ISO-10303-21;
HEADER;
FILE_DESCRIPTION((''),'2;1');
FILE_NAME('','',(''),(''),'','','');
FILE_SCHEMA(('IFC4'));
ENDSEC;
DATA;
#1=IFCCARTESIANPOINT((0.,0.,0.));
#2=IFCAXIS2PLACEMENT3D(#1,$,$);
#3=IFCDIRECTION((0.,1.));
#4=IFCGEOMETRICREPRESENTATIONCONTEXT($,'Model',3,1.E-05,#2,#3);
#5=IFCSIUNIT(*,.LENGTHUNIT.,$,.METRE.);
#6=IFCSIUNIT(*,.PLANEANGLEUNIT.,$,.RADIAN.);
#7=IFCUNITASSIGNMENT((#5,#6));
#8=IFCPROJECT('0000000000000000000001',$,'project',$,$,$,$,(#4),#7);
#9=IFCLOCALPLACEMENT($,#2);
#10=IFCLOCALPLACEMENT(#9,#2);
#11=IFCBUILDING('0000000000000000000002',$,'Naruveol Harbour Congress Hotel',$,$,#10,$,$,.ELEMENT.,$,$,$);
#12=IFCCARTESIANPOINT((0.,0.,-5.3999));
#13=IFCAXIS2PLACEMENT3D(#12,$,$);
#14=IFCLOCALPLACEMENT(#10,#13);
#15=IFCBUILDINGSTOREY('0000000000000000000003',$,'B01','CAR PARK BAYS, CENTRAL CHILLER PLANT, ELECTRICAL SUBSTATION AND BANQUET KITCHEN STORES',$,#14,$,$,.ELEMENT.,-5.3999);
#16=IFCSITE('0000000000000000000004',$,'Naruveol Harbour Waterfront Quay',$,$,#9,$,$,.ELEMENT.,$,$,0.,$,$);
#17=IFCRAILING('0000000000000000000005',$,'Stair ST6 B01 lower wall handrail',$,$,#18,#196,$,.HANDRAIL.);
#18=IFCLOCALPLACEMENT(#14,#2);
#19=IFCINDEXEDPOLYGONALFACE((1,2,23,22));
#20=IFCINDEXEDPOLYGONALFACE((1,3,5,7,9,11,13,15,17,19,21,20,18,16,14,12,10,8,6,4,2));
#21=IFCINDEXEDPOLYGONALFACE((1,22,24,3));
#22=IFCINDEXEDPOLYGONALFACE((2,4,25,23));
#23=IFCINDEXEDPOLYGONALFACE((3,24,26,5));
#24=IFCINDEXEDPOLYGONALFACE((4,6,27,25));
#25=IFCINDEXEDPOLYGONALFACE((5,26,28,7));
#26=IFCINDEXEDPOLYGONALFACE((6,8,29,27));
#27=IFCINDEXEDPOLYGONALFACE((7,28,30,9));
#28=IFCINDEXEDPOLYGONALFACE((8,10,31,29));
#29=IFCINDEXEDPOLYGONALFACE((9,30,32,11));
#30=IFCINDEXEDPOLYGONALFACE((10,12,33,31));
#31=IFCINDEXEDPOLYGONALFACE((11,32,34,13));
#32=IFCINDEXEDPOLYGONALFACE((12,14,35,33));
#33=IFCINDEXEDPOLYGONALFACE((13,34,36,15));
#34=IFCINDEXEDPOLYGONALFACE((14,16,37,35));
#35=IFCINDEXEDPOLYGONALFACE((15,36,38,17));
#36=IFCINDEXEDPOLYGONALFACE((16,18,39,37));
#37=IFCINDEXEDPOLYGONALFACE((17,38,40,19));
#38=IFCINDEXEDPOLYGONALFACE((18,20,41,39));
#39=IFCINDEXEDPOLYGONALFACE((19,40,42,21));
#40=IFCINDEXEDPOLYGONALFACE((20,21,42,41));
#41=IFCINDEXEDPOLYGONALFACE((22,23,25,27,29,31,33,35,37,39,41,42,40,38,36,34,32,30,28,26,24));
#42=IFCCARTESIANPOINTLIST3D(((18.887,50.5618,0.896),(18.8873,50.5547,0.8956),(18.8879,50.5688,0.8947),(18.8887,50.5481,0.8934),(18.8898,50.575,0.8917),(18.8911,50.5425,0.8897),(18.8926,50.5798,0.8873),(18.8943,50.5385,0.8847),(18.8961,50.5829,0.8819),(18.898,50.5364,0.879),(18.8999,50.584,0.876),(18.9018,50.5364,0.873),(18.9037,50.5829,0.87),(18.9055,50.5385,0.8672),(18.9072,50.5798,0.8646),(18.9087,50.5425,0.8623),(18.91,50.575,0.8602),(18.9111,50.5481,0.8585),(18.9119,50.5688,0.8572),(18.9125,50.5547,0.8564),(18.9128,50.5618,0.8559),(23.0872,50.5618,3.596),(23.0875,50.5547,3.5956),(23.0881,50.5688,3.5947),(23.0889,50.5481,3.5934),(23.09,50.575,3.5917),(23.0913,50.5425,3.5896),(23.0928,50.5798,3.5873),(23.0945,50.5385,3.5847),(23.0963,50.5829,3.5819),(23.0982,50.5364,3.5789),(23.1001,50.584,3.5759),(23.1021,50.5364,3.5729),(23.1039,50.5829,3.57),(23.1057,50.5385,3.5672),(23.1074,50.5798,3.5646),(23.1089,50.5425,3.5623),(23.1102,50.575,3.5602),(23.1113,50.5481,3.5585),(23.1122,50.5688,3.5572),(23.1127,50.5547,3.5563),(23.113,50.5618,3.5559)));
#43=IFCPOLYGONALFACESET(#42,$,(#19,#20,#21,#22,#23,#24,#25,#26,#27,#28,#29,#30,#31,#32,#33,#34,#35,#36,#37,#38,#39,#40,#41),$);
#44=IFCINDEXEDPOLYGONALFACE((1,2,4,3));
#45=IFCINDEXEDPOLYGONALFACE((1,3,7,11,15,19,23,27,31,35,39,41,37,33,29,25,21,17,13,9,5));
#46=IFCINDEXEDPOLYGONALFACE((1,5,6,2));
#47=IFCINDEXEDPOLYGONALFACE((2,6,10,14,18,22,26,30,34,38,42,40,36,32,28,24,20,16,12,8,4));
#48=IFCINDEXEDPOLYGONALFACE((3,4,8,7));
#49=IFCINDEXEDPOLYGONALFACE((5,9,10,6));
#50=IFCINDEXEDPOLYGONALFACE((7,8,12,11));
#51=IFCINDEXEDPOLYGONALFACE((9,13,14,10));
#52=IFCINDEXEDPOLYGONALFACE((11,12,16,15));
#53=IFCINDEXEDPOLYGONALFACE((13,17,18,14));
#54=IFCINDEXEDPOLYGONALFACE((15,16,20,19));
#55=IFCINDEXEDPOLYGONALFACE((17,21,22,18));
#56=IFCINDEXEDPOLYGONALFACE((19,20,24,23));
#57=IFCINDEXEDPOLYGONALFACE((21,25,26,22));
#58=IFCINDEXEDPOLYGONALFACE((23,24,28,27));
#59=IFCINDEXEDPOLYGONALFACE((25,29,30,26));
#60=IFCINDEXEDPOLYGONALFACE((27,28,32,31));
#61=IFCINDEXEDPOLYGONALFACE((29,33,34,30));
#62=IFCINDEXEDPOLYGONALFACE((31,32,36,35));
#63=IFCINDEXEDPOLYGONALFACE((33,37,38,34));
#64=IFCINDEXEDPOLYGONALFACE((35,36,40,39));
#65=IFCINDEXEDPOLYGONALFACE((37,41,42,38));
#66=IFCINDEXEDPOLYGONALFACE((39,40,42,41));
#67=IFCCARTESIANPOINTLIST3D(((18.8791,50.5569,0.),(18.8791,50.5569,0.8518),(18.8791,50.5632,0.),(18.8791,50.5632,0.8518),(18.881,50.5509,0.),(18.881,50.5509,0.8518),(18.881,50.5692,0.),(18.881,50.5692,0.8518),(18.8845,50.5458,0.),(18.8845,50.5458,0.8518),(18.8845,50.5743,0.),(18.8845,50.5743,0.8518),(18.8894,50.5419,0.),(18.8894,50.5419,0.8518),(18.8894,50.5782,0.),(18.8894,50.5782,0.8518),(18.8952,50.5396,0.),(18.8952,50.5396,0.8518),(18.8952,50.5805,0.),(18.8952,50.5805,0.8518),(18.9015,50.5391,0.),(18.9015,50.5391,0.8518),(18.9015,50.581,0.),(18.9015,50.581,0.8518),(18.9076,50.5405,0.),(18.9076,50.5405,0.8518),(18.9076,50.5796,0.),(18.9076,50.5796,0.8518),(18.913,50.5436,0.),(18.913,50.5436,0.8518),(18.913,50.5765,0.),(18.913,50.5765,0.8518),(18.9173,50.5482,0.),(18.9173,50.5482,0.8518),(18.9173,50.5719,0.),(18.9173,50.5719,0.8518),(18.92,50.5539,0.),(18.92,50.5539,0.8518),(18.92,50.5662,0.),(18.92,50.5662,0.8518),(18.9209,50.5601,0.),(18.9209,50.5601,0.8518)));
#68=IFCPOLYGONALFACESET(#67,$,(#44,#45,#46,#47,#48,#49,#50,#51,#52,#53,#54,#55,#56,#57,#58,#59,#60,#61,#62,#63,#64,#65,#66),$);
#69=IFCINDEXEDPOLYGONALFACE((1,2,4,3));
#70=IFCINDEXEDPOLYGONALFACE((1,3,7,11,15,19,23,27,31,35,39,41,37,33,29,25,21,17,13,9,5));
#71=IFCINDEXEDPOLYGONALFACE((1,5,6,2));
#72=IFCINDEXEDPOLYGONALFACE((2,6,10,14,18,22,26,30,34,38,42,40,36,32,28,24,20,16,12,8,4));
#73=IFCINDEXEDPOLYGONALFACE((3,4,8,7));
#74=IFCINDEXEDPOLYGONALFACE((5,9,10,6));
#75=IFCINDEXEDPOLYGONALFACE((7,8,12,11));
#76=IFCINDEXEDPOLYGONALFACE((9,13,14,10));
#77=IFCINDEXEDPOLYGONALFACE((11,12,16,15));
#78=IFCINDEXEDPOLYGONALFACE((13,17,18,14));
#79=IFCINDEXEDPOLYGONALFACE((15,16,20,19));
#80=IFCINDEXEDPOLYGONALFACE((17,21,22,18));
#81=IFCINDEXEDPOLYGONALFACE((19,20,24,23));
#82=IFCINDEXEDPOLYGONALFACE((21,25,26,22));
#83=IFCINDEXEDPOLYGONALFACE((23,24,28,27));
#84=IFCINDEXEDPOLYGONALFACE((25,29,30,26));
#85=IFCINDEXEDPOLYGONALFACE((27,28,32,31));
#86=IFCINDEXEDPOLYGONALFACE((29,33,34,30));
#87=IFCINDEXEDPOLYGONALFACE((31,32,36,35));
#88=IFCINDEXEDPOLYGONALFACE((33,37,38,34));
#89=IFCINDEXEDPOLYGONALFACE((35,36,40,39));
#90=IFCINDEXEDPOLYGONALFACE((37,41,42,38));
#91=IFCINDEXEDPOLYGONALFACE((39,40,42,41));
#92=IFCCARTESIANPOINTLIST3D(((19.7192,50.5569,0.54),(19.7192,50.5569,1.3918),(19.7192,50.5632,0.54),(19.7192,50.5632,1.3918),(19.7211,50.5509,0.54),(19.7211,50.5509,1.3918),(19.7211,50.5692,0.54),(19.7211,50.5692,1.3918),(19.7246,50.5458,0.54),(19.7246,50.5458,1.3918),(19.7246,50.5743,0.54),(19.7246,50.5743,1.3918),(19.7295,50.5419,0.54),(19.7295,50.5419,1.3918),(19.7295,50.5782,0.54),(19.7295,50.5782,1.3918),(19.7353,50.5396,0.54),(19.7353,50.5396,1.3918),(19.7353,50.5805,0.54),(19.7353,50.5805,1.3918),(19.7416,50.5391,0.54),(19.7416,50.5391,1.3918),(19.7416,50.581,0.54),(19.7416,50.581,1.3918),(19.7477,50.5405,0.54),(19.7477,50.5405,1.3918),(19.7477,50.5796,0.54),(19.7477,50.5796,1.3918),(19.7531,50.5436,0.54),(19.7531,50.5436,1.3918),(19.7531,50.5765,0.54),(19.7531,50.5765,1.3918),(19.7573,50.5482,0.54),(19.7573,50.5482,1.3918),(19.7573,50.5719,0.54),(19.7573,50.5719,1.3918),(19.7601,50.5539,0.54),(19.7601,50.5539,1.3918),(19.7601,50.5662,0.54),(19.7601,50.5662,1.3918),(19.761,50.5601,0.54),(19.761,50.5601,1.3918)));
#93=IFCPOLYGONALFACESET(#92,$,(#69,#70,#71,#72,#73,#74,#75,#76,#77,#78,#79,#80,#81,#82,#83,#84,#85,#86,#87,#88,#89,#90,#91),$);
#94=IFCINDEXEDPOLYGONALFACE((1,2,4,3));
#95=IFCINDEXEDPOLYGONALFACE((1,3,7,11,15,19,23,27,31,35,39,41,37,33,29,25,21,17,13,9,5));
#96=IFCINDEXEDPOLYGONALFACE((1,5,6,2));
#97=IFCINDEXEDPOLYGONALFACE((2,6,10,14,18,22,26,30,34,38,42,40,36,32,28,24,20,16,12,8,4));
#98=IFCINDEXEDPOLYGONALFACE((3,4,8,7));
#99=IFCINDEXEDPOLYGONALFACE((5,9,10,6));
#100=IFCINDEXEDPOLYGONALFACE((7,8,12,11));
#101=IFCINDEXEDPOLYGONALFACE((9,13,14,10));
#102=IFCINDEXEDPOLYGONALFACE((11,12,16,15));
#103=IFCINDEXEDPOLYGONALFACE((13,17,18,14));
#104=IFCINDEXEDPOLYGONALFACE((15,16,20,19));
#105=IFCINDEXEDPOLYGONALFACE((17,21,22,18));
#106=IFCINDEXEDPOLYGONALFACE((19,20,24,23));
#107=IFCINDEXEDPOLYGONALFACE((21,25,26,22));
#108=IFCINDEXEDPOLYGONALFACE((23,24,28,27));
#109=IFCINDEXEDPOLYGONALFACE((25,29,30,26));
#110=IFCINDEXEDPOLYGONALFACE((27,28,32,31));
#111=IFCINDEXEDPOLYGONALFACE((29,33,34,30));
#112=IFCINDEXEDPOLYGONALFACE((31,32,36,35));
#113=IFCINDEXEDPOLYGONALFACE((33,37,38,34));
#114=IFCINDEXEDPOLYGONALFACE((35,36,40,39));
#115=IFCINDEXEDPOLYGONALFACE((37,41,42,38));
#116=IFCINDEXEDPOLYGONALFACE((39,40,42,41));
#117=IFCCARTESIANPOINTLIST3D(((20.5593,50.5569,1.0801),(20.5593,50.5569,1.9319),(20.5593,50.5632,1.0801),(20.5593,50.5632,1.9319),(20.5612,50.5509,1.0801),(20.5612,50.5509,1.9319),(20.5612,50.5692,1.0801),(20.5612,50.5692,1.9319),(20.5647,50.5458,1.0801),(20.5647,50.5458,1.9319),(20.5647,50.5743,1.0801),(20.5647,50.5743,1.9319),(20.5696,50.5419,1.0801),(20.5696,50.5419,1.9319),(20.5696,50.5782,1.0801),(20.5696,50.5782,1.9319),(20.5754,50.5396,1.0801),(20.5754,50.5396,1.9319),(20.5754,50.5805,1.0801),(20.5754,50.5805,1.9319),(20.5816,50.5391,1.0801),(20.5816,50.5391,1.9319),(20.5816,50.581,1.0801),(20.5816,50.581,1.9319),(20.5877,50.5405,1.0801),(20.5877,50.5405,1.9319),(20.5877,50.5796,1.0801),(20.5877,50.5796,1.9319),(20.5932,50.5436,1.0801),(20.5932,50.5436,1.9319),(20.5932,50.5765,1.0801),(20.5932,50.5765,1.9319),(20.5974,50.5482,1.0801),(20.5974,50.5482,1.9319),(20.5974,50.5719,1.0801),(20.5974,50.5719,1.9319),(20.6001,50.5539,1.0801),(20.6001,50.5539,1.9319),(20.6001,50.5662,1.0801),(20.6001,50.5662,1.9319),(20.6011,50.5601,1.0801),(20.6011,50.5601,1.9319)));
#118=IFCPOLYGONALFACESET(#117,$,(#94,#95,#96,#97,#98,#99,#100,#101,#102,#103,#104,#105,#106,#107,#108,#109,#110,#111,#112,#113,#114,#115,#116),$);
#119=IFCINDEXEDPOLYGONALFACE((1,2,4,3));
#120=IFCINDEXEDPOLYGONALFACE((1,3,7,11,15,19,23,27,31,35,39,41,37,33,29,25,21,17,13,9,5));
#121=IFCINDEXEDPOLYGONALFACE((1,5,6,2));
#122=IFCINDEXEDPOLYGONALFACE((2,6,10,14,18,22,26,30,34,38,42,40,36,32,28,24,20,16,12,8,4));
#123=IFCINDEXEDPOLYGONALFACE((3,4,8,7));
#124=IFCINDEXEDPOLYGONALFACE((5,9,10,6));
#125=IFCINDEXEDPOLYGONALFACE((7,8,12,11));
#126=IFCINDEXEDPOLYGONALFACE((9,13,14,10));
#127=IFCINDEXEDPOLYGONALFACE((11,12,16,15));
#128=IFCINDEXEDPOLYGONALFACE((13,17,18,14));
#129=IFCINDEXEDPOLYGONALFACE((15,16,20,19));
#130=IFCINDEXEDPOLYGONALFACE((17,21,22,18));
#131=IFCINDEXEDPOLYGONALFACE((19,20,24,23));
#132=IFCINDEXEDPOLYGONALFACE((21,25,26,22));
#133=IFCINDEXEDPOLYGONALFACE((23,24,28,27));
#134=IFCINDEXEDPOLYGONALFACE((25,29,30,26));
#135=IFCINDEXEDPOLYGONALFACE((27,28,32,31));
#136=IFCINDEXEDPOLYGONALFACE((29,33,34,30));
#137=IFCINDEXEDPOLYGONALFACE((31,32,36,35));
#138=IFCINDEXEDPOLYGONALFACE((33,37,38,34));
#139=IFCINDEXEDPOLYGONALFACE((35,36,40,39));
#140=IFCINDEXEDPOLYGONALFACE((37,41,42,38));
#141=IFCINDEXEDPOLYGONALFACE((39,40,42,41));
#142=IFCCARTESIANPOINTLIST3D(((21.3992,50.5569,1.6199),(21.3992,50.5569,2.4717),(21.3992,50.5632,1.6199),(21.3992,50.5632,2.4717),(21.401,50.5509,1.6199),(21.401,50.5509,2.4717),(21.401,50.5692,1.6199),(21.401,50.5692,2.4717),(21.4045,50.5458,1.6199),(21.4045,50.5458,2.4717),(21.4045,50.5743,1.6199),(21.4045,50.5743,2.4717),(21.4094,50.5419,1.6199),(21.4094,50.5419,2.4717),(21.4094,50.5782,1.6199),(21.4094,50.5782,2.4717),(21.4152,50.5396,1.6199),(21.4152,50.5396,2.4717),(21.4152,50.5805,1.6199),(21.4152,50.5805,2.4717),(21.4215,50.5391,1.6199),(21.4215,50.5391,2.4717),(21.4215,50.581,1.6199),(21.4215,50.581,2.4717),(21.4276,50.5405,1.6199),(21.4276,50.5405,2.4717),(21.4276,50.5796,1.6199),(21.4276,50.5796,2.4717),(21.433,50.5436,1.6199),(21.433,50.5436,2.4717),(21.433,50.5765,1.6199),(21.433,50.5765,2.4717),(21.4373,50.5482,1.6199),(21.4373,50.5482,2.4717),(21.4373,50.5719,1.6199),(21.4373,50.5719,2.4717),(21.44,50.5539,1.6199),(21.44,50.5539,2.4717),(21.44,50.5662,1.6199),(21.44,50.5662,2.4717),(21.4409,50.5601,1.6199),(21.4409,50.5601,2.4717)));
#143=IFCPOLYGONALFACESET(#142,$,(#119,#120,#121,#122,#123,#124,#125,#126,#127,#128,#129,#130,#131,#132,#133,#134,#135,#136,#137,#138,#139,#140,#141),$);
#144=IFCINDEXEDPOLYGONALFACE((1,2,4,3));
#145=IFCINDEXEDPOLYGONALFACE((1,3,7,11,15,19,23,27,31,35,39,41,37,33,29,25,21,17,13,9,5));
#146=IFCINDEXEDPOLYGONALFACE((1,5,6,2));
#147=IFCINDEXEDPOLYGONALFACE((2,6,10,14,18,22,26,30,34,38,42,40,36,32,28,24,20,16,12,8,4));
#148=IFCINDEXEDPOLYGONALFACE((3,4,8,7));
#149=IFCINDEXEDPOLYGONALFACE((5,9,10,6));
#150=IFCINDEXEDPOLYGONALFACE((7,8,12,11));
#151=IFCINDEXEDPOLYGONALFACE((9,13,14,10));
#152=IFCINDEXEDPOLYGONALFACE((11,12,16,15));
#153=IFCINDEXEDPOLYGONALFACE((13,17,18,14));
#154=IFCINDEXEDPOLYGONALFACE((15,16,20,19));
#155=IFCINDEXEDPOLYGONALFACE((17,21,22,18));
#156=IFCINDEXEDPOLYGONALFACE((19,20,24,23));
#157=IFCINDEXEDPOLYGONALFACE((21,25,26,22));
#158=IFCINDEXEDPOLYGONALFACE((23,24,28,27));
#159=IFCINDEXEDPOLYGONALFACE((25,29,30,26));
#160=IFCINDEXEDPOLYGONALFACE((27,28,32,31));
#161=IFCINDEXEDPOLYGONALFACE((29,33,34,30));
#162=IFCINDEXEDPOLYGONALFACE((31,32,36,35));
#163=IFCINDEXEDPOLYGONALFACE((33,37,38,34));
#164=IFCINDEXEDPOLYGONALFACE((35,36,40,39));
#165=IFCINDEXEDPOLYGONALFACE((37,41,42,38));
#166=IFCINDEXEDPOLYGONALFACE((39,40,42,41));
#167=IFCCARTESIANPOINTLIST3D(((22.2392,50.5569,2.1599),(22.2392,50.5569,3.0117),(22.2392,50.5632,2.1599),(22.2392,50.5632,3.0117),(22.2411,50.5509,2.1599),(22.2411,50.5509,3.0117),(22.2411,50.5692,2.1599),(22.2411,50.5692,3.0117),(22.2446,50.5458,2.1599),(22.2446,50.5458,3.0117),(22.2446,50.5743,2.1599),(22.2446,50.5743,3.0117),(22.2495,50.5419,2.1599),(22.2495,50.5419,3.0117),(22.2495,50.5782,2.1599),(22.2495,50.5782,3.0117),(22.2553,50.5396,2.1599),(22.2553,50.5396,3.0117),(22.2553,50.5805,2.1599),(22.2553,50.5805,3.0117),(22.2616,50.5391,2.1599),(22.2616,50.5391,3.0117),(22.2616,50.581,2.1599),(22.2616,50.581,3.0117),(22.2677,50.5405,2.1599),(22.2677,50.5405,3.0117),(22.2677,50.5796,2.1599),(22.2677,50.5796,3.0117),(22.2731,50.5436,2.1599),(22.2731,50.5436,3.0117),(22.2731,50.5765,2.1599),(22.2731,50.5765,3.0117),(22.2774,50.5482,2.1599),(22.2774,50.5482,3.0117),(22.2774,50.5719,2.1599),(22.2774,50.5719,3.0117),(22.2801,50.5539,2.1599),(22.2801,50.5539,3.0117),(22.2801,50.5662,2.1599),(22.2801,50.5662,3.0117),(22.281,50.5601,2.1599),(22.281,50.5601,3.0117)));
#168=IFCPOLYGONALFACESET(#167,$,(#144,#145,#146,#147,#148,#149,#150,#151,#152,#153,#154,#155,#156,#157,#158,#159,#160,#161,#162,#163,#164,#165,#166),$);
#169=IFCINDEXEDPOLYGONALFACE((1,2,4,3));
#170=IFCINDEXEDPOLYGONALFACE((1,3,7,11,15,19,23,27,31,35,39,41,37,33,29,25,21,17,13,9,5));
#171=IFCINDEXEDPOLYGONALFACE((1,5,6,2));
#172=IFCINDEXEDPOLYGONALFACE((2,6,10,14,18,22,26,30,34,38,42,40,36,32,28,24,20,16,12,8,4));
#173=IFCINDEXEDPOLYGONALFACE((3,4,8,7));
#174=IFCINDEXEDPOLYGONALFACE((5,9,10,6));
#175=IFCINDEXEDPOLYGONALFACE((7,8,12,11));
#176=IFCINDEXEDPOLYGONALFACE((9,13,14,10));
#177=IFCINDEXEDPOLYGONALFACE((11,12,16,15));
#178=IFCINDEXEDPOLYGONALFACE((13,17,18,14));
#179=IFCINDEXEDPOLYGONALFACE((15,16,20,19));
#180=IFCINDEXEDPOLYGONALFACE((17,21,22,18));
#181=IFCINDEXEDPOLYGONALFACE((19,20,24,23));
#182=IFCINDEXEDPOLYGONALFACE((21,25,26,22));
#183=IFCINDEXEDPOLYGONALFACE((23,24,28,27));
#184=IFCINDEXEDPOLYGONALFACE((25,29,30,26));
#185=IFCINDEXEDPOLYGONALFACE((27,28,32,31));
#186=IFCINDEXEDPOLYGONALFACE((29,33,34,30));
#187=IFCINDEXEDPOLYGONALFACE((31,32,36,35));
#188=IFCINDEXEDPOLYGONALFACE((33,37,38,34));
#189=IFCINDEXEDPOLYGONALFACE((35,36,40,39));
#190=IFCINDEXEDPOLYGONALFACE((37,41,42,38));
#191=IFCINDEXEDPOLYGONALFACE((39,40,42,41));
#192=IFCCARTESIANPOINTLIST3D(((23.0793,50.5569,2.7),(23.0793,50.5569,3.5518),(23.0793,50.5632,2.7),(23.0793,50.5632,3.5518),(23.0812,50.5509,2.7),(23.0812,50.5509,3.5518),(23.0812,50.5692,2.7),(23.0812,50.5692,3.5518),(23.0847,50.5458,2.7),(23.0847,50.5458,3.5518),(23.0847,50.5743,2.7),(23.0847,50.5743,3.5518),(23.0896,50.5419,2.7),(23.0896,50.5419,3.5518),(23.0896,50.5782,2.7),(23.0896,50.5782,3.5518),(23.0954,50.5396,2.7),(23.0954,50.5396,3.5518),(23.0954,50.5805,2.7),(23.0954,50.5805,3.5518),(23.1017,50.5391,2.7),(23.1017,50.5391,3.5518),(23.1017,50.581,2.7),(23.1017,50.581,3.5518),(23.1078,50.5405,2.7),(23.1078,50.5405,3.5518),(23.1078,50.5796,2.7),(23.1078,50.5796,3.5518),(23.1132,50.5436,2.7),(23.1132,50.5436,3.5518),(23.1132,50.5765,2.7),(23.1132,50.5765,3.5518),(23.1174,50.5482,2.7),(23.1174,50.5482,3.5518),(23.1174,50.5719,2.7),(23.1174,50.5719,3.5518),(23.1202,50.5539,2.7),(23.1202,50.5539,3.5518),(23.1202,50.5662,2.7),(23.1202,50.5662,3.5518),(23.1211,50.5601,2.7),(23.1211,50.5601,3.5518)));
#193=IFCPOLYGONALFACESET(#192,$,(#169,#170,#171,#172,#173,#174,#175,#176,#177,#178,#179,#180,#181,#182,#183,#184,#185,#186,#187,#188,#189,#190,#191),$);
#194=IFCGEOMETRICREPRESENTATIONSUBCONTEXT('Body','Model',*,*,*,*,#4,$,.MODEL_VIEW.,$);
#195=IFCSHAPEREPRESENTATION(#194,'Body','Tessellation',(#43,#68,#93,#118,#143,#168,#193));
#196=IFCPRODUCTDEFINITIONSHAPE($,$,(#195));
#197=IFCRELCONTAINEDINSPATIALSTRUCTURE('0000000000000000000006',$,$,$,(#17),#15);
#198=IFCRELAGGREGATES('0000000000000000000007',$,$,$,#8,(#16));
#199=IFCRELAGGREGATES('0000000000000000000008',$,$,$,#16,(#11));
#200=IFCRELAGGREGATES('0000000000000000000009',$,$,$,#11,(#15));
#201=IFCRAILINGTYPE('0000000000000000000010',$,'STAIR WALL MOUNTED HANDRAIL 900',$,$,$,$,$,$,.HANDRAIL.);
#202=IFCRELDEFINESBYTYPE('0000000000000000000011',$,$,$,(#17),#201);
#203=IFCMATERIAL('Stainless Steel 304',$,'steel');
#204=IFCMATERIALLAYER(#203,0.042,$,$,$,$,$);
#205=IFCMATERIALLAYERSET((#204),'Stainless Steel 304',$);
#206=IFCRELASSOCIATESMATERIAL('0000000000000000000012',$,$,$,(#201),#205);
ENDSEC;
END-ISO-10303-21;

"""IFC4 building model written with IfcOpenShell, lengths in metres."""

from ifc_helpers import new_model, si_unit, direction, frame, origin, origin_2d, place, context, subcontext, project, spatial, circle, extrude, material, layer, layer_set, type_object, element, save


model = new_model("IFC4")

# Units and contexts
model_context = context("Model", 3, precision=1e-05, world=origin(), true_north=direction((0.0, 1.0)))
body_context = subcontext(model_context, "Body", "Model", "MODEL_VIEW")
ifc_project = project(units=[si_unit("LENGTHUNIT", "METRE"), si_unit("PLANEANGLEUNIT", "RADIAN")], contexts=[model_context])

# Site, building, storey
site_placement = place(None, origin())
site = spatial("IfcSite", under=ifc_project, at=site_placement, Name="Naruveol Harbour Waterfront Quay", CompositionType="ELEMENT", RefElevation=0.0)
building_placement = place(site_placement, origin())
building = spatial("IfcBuilding", under=site, at=building_placement, Name="Naruveol Harbour Congress Hotel", CompositionType="ELEMENT")
storey_placement = place(building_placement, frame((0.0, 0.0, -5.3999)))
storey = spatial("IfcBuildingStorey", under=building, at=storey_placement, Name="B01", Description="CAR PARK BAYS, CENTRAL CHILLER PLANT, ELECTRICAL SUBSTATION AND BANQUET KITCHEN STORES", CompositionType="ELEMENT", Elevation=-5.3999)

# Railing
ifc_material_1 = material(Name="Stainless Steel 304", Category="steel")
ifc_layer_1 = layer(ifc_material_1, 0.042)
ifc_layer_set_1 = layer_set([ifc_layer_1], Name="Stainless Steel 304")
railing_type_1 = type_object("IfcRailingType", Name="STAIR WALL MOUNTED HANDRAIL 900", PredefinedType="HANDRAIL", material=ifc_layer_set_1)
railing_1_placement = place(storey_placement, frame((18.8999, 50.5601, 0.0)))
element("IfcRailing", 1, at=railing_1_placement, inside=storey, type_object=railing_type_1, Name="Stair ST6 B01 lower wall handrail", PredefinedType="HANDRAIL", context=body_context, shape_type="SweptSolid", body=[
    extrude(circle(Radius=0.0239, at=origin_2d()), frame((0.0, 0.0, 0.876), z_axis=(0.841194, 0.0, 0.540733), x_axis=(0.0, 1.0, 0.0)), (0.0, 0.0, 1.0), 4.9932),
    extrude(circle(Radius=0.021, at=origin_2d()), origin(), (0.0, 0.0, 1.0), 0.8518),
    extrude(circle(Radius=0.021, at=origin_2d()), frame((0.8401, 0.0, 0.54)), (0.0, 0.0, 1.0), 0.8518),
    extrude(circle(Radius=0.021, at=origin_2d()), frame((1.6802, 0.0, 1.0801)), (0.0, 0.0, 1.0), 0.8518),
    extrude(circle(Radius=0.021, at=origin_2d()), frame((2.52, 0.0, 1.6199)), (0.0, 0.0, 1.0), 0.8518),
    extrude(circle(Radius=0.021, at=origin_2d()), frame((3.3601, 0.0, 2.1599)), (0.0, 0.0, 1.0), 0.8518),
    extrude(circle(Radius=0.021, at=origin_2d()), frame((4.2002, 0.0, 2.7)), (0.0, 0.0, 1.0), 0.8518),
])

save(model, "model.ifc")
